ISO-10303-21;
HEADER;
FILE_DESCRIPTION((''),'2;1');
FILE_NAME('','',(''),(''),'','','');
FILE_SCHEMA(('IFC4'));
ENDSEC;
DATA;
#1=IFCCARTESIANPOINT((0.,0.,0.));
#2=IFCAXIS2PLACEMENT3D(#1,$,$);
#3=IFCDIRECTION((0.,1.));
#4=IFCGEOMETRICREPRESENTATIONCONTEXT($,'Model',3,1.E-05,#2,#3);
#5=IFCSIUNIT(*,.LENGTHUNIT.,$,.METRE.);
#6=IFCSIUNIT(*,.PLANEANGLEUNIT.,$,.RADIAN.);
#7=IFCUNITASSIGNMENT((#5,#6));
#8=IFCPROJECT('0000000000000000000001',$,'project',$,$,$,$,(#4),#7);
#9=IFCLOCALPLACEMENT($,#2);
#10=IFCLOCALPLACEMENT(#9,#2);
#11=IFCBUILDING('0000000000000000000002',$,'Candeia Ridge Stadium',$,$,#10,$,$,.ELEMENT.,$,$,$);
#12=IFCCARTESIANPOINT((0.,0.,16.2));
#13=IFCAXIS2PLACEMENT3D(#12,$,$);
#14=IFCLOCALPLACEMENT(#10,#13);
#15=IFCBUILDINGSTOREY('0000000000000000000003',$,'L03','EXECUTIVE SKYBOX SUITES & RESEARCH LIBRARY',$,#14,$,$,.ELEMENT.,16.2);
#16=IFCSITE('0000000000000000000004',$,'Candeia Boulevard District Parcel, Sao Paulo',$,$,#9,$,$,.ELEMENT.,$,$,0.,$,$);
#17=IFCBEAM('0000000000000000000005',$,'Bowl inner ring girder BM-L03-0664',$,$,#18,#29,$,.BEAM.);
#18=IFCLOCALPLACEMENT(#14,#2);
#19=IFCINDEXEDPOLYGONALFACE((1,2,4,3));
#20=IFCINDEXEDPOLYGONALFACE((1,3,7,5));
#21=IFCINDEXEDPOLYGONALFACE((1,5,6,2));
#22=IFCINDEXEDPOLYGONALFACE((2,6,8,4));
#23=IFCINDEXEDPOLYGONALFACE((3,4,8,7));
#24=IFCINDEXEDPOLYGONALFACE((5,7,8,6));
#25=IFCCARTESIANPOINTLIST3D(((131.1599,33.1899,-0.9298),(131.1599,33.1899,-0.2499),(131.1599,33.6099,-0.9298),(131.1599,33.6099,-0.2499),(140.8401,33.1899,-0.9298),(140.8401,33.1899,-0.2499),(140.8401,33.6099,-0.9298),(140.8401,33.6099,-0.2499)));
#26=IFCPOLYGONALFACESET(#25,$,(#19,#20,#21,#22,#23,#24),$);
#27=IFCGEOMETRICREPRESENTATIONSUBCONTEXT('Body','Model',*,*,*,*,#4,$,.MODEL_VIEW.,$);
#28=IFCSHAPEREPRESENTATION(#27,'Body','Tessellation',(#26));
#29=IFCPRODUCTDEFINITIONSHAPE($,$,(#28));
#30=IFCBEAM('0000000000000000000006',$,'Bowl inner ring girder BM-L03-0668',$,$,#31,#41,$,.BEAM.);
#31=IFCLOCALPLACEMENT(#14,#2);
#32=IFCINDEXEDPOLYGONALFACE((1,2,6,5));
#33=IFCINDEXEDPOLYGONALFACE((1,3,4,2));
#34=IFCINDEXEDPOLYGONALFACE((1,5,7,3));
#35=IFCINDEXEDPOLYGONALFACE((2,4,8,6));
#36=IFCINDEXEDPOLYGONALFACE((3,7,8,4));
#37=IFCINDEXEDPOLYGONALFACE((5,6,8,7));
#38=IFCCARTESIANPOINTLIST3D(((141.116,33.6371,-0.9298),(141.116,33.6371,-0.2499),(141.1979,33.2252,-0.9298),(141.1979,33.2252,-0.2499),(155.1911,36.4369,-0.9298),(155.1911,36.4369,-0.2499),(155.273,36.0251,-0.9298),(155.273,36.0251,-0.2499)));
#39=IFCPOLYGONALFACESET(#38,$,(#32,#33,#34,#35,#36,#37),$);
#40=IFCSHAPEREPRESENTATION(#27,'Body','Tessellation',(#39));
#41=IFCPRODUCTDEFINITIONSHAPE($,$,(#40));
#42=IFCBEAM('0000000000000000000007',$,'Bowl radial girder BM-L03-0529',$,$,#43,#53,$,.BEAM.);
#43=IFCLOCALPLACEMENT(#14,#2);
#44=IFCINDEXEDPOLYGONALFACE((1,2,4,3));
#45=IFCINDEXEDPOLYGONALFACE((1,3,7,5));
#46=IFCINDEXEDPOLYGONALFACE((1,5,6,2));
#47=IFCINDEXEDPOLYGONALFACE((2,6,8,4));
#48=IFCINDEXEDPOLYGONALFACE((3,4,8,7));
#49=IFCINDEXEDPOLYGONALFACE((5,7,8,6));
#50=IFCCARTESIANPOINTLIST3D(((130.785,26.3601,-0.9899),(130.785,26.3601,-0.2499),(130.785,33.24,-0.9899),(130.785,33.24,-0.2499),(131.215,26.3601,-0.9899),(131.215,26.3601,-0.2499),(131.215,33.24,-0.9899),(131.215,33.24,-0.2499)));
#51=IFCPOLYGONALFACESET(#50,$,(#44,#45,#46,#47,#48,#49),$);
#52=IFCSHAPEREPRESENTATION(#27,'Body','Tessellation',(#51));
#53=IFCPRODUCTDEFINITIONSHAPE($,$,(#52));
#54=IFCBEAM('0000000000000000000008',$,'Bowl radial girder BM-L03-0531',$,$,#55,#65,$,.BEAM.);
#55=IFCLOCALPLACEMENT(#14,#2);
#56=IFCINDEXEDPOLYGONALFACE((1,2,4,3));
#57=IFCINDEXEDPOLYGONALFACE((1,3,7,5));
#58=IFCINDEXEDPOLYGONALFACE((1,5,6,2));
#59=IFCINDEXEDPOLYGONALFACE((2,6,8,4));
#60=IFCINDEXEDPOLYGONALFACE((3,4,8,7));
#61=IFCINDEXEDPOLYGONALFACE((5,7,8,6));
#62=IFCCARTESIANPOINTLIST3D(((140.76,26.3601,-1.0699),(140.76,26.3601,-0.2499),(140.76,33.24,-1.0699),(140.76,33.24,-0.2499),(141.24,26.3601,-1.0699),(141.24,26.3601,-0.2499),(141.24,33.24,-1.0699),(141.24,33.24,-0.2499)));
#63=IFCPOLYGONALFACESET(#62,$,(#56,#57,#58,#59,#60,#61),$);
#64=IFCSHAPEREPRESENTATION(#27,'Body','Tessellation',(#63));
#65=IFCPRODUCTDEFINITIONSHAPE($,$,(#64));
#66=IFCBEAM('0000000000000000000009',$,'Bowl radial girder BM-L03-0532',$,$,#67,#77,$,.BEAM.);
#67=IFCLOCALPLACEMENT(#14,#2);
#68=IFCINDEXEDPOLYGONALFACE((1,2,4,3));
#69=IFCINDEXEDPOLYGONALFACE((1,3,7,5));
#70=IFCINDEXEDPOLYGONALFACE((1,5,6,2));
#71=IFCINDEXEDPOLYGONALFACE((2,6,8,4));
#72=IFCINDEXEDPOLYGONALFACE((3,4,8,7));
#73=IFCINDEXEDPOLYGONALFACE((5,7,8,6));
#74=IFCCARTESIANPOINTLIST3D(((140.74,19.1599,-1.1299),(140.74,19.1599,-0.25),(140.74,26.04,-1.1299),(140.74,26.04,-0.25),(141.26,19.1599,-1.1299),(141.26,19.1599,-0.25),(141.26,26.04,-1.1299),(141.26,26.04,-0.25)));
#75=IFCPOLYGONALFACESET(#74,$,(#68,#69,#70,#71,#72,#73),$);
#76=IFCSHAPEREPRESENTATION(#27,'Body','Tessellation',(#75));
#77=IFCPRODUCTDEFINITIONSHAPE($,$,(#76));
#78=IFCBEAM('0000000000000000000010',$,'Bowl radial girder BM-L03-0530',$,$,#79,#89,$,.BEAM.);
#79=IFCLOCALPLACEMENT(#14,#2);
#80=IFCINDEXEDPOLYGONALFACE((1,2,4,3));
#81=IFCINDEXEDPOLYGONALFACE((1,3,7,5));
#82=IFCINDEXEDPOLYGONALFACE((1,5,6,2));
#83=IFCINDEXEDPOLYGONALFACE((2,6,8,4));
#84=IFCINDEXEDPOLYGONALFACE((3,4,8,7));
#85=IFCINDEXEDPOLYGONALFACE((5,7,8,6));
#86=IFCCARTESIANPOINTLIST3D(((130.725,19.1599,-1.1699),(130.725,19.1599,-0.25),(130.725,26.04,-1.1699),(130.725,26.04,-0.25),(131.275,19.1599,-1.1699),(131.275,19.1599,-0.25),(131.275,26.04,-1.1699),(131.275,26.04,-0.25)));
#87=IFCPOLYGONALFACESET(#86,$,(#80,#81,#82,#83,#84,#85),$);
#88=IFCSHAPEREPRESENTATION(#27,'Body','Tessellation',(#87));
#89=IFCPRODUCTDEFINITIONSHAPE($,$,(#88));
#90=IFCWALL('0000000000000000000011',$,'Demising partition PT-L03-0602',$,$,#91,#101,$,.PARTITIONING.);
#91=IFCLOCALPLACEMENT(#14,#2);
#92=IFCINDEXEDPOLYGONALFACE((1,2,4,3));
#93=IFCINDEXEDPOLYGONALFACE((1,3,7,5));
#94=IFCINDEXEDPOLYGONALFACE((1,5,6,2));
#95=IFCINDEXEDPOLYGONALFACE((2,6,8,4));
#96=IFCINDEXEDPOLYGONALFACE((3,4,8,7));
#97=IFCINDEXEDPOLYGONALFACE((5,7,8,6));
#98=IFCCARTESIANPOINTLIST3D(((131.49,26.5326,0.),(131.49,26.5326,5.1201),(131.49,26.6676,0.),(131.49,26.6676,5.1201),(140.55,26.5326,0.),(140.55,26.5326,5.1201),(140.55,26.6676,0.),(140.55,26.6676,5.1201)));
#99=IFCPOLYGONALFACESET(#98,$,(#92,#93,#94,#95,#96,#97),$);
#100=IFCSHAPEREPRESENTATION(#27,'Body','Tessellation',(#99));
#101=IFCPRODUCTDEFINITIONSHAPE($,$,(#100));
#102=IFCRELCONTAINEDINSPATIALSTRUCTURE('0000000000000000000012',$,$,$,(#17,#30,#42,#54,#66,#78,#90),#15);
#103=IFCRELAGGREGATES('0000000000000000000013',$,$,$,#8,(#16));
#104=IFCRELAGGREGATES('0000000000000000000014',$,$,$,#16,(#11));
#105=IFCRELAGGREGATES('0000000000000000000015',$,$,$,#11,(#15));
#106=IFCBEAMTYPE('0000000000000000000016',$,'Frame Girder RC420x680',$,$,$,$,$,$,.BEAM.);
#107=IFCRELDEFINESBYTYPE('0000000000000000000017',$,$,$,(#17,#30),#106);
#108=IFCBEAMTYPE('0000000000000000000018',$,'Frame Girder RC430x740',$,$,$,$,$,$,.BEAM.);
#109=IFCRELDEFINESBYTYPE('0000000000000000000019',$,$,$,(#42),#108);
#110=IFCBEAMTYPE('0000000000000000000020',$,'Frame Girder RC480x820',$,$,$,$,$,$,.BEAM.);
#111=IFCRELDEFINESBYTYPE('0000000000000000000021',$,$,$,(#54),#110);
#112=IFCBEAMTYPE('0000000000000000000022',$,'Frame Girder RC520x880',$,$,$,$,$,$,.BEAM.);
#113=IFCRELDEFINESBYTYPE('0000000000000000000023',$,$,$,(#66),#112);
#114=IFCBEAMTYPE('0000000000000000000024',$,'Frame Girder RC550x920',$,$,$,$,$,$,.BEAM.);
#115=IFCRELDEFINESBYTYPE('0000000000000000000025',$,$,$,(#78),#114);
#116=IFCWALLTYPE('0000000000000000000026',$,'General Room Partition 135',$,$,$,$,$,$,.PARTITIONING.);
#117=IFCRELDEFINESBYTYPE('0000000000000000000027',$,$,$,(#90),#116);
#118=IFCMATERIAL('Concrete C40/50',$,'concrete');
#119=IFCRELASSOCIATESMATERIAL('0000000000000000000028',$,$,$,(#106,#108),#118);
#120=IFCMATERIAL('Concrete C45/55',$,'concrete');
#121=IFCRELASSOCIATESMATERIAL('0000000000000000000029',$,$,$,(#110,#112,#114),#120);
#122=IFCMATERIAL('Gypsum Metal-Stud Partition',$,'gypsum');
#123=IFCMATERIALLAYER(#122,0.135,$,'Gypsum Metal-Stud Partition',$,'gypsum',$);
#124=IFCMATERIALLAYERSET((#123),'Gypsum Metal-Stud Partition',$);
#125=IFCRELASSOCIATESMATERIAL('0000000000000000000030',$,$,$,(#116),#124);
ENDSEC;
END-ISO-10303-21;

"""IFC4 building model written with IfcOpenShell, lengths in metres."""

from ifc_helpers import new_model, si_unit, direction, frame, frame_2d, origin, origin_2d, place, context, subcontext, project, spatial, rectangle, extrude, material, layer, layer_set, material_profile, profile_set, type_object, element, save


model = new_model("IFC4")

# Units and contexts
model_context = context("Model", 3, precision=1e-05, world=origin(), true_north=direction((0.0, 1.0)))
body_context = subcontext(model_context, "Body", "Model", "MODEL_VIEW")
ifc_project = project(units=[si_unit("LENGTHUNIT", "METRE"), si_unit("PLANEANGLEUNIT", "RADIAN")], contexts=[model_context])

# Site, building, storey
site_placement = place(None, origin())
site = spatial("IfcSite", under=ifc_project, at=site_placement, Name="Candeia Boulevard District Parcel, Sao Paulo", CompositionType="ELEMENT", RefElevation=0.0)
building_placement = place(site_placement, origin())
building = spatial("IfcBuilding", under=site, at=building_placement, Name="Candeia Ridge Stadium", CompositionType="ELEMENT")
storey_placement = place(building_placement, frame((0.0, 0.0, 16.2)))
storey = spatial("IfcBuildingStorey", under=building, at=storey_placement, Name="L03", Description="EXECUTIVE SKYBOX SUITES & RESEARCH LIBRARY", CompositionType="ELEMENT", Elevation=16.2)

# Shared definitions
ifc_material_1 = material(Name="Concrete C40/50", Category="concrete")

# Beams
ifc_material_profile_1 = material_profile(ifc_material_1, rectangle(XDim=0.4199, YDim=0.6799, at=origin_2d()), Name="RC420x680", Category="concrete")
ifc_profile_set_1 = profile_set([ifc_material_profile_1], Name="Concrete C40/50")
beam_type_1 = type_object("IfcBeamType", Name="Frame Girder RC420x680", PredefinedType="BEAM", material=ifc_profile_set_1)
beam_1_placement = place(storey_placement, frame((131.1599, 33.3999, -0.5898), z_axis=(1.0, 0.0, 0.0), x_axis=(0.0, 1.0, 0.0)))
element("IfcBeam", 1, at=beam_1_placement, inside=storey, type_object=beam_type_1, Name="Bowl inner ring girder BM-L03-0664", PredefinedType="BEAM", context=body_context, shape_type="SweptSolid", body=[
    extrude(rectangle(XDim=0.4199, YDim=0.6799, at=origin_2d()), origin(), (0.0, 0.0, 1.0), 9.6802),
])
beam_2_placement = place(storey_placement, frame((141.157, 33.4312, -0.5898), z_axis=(0.980784, 0.195099, 0.0), x_axis=(-0.195099, 0.980784, 0.0)))
element("IfcBeam", 2, at=beam_2_placement, inside=storey, type_object=beam_type_1, Name="Bowl inner ring girder BM-L03-0668", PredefinedType="BEAM", context=body_context, shape_type="SweptSolid", body=[
    extrude(rectangle(XDim=0.4199, YDim=0.6799, at=origin_2d()), origin(), (0.0, 0.0, 1.0), 14.3508),
])
ifc_material_profile_2 = material_profile(ifc_material_1, rectangle(XDim=0.4299, YDim=0.74, at=origin_2d()), Name="RC430x740", Category="concrete")
ifc_profile_set_2 = profile_set([ifc_material_profile_2], Name="Concrete C40/50")
beam_type_2 = type_object("IfcBeamType", Name="Frame Girder RC430x740", PredefinedType="BEAM", material=ifc_profile_set_2)
beam_3_placement = place(storey_placement, frame((131.0, 33.24, -0.6199), z_axis=(0.0, -1.0, 0.0), x_axis=(1.0, 0.0, 0.0)))
element("IfcBeam", 3, at=beam_3_placement, inside=storey, type_object=beam_type_2, Name="Bowl radial girder BM-L03-0529", PredefinedType="BEAM", context=body_context, shape_type="SweptSolid", body=[
    extrude(rectangle(XDim=0.4299, YDim=0.74, at=origin_2d()), origin(), (0.0, 0.0, 1.0), 6.8799),
])
ifc_material_2 = material(Name="Concrete C45/55", Category="concrete")
ifc_material_profile_3 = material_profile(ifc_material_2, rectangle(XDim=0.48, YDim=0.8201, at=origin_2d()), Name="RC480x820", Category="concrete")
ifc_profile_set_3 = profile_set([ifc_material_profile_3], Name="Concrete C45/55")
beam_type_3 = type_object("IfcBeamType", Name="Frame Girder RC480x820", PredefinedType="BEAM", material=ifc_profile_set_3)
beam_4_placement = place(storey_placement, frame((141.0, 33.24, -0.6599), z_axis=(0.0, -1.0, 0.0), x_axis=(1.0, 0.0, 0.0)))
element("IfcBeam", 4, at=beam_4_placement, inside=storey, type_object=beam_type_3, Name="Bowl radial girder BM-L03-0531", PredefinedType="BEAM", context=body_context, shape_type="SweptSolid", body=[
    extrude(rectangle(XDim=0.48, YDim=0.8201, at=origin_2d()), origin(), (0.0, 0.0, 1.0), 6.8799),
])
ifc_material_profile_4 = material_profile(ifc_material_2, rectangle(XDim=0.52, YDim=0.8799, at=origin_2d()), Name="RC520x880", Category="concrete")
ifc_profile_set_4 = profile_set([ifc_material_profile_4], Name="Concrete C45/55")
beam_type_4 = type_object("IfcBeamType", Name="Frame Girder RC520x880", PredefinedType="BEAM", material=ifc_profile_set_4)
beam_5_placement = place(storey_placement, frame((141.0, 26.04, -0.6899), z_axis=(0.0, -1.0, 0.0), x_axis=(1.0, 0.0, 0.0)))
element("IfcBeam", 5, at=beam_5_placement, inside=storey, type_object=beam_type_4, Name="Bowl radial girder BM-L03-0532", PredefinedType="BEAM", context=body_context, shape_type="SweptSolid", body=[
    extrude(rectangle(XDim=0.52, YDim=0.8799, at=origin_2d()), origin(), (0.0, 0.0, 1.0), 6.8801),
])
ifc_material_profile_5 = material_profile(ifc_material_2, rectangle(XDim=0.55, YDim=0.9199, at=origin_2d()), Name="RC550x920", Category="concrete")
ifc_profile_set_5 = profile_set([ifc_material_profile_5], Name="Concrete C45/55")
beam_type_5 = type_object("IfcBeamType", Name="Frame Girder RC550x920", PredefinedType="BEAM", material=ifc_profile_set_5)
beam_6_placement = place(storey_placement, frame((131.0, 26.04, -0.71), z_axis=(0.0, -1.0, 0.0), x_axis=(1.0, 0.0, 0.0)))
element("IfcBeam", 6, at=beam_6_placement, inside=storey, type_object=beam_type_5, Name="Bowl radial girder BM-L03-0530", PredefinedType="BEAM", context=body_context, shape_type="SweptSolid", body=[
    extrude(rectangle(XDim=0.55, YDim=0.9199, at=origin_2d()), origin(), (0.0, 0.0, 1.0), 6.8801),
])

# Wall
ifc_material_3 = material(Name="Gypsum Metal-Stud Partition", Category="gypsum")
ifc_layer_1 = layer(ifc_material_3, 0.135, Name="Gypsum Metal-Stud Partition", Category="gypsum")
ifc_layer_set_1 = layer_set([ifc_layer_1], Name="Gypsum Metal-Stud Partition")
wall_type_1 = type_object("IfcWallType", Name="General Room Partition 135", PredefinedType="PARTITIONING", material=ifc_layer_set_1)
wall_1_placement = place(storey_placement, frame((140.55, 26.6001, 0.0), z_axis=(0.0, 0.0, 1.0), x_axis=(-1.0, 0.0, 0.0)))
element("IfcWall", 7, at=wall_1_placement, inside=storey, type_object=wall_type_1, Name="Demising partition PT-L03-0602", PredefinedType="PARTITIONING", context=body_context, shape_type="SweptSolid", body=[
    extrude(rectangle(XDim=9.0601, YDim=0.135, at=frame_2d((4.53, 0.0))), origin(), (0.0, 0.0, 1.0), 5.1201),
])

save(model, "model.ifc")
